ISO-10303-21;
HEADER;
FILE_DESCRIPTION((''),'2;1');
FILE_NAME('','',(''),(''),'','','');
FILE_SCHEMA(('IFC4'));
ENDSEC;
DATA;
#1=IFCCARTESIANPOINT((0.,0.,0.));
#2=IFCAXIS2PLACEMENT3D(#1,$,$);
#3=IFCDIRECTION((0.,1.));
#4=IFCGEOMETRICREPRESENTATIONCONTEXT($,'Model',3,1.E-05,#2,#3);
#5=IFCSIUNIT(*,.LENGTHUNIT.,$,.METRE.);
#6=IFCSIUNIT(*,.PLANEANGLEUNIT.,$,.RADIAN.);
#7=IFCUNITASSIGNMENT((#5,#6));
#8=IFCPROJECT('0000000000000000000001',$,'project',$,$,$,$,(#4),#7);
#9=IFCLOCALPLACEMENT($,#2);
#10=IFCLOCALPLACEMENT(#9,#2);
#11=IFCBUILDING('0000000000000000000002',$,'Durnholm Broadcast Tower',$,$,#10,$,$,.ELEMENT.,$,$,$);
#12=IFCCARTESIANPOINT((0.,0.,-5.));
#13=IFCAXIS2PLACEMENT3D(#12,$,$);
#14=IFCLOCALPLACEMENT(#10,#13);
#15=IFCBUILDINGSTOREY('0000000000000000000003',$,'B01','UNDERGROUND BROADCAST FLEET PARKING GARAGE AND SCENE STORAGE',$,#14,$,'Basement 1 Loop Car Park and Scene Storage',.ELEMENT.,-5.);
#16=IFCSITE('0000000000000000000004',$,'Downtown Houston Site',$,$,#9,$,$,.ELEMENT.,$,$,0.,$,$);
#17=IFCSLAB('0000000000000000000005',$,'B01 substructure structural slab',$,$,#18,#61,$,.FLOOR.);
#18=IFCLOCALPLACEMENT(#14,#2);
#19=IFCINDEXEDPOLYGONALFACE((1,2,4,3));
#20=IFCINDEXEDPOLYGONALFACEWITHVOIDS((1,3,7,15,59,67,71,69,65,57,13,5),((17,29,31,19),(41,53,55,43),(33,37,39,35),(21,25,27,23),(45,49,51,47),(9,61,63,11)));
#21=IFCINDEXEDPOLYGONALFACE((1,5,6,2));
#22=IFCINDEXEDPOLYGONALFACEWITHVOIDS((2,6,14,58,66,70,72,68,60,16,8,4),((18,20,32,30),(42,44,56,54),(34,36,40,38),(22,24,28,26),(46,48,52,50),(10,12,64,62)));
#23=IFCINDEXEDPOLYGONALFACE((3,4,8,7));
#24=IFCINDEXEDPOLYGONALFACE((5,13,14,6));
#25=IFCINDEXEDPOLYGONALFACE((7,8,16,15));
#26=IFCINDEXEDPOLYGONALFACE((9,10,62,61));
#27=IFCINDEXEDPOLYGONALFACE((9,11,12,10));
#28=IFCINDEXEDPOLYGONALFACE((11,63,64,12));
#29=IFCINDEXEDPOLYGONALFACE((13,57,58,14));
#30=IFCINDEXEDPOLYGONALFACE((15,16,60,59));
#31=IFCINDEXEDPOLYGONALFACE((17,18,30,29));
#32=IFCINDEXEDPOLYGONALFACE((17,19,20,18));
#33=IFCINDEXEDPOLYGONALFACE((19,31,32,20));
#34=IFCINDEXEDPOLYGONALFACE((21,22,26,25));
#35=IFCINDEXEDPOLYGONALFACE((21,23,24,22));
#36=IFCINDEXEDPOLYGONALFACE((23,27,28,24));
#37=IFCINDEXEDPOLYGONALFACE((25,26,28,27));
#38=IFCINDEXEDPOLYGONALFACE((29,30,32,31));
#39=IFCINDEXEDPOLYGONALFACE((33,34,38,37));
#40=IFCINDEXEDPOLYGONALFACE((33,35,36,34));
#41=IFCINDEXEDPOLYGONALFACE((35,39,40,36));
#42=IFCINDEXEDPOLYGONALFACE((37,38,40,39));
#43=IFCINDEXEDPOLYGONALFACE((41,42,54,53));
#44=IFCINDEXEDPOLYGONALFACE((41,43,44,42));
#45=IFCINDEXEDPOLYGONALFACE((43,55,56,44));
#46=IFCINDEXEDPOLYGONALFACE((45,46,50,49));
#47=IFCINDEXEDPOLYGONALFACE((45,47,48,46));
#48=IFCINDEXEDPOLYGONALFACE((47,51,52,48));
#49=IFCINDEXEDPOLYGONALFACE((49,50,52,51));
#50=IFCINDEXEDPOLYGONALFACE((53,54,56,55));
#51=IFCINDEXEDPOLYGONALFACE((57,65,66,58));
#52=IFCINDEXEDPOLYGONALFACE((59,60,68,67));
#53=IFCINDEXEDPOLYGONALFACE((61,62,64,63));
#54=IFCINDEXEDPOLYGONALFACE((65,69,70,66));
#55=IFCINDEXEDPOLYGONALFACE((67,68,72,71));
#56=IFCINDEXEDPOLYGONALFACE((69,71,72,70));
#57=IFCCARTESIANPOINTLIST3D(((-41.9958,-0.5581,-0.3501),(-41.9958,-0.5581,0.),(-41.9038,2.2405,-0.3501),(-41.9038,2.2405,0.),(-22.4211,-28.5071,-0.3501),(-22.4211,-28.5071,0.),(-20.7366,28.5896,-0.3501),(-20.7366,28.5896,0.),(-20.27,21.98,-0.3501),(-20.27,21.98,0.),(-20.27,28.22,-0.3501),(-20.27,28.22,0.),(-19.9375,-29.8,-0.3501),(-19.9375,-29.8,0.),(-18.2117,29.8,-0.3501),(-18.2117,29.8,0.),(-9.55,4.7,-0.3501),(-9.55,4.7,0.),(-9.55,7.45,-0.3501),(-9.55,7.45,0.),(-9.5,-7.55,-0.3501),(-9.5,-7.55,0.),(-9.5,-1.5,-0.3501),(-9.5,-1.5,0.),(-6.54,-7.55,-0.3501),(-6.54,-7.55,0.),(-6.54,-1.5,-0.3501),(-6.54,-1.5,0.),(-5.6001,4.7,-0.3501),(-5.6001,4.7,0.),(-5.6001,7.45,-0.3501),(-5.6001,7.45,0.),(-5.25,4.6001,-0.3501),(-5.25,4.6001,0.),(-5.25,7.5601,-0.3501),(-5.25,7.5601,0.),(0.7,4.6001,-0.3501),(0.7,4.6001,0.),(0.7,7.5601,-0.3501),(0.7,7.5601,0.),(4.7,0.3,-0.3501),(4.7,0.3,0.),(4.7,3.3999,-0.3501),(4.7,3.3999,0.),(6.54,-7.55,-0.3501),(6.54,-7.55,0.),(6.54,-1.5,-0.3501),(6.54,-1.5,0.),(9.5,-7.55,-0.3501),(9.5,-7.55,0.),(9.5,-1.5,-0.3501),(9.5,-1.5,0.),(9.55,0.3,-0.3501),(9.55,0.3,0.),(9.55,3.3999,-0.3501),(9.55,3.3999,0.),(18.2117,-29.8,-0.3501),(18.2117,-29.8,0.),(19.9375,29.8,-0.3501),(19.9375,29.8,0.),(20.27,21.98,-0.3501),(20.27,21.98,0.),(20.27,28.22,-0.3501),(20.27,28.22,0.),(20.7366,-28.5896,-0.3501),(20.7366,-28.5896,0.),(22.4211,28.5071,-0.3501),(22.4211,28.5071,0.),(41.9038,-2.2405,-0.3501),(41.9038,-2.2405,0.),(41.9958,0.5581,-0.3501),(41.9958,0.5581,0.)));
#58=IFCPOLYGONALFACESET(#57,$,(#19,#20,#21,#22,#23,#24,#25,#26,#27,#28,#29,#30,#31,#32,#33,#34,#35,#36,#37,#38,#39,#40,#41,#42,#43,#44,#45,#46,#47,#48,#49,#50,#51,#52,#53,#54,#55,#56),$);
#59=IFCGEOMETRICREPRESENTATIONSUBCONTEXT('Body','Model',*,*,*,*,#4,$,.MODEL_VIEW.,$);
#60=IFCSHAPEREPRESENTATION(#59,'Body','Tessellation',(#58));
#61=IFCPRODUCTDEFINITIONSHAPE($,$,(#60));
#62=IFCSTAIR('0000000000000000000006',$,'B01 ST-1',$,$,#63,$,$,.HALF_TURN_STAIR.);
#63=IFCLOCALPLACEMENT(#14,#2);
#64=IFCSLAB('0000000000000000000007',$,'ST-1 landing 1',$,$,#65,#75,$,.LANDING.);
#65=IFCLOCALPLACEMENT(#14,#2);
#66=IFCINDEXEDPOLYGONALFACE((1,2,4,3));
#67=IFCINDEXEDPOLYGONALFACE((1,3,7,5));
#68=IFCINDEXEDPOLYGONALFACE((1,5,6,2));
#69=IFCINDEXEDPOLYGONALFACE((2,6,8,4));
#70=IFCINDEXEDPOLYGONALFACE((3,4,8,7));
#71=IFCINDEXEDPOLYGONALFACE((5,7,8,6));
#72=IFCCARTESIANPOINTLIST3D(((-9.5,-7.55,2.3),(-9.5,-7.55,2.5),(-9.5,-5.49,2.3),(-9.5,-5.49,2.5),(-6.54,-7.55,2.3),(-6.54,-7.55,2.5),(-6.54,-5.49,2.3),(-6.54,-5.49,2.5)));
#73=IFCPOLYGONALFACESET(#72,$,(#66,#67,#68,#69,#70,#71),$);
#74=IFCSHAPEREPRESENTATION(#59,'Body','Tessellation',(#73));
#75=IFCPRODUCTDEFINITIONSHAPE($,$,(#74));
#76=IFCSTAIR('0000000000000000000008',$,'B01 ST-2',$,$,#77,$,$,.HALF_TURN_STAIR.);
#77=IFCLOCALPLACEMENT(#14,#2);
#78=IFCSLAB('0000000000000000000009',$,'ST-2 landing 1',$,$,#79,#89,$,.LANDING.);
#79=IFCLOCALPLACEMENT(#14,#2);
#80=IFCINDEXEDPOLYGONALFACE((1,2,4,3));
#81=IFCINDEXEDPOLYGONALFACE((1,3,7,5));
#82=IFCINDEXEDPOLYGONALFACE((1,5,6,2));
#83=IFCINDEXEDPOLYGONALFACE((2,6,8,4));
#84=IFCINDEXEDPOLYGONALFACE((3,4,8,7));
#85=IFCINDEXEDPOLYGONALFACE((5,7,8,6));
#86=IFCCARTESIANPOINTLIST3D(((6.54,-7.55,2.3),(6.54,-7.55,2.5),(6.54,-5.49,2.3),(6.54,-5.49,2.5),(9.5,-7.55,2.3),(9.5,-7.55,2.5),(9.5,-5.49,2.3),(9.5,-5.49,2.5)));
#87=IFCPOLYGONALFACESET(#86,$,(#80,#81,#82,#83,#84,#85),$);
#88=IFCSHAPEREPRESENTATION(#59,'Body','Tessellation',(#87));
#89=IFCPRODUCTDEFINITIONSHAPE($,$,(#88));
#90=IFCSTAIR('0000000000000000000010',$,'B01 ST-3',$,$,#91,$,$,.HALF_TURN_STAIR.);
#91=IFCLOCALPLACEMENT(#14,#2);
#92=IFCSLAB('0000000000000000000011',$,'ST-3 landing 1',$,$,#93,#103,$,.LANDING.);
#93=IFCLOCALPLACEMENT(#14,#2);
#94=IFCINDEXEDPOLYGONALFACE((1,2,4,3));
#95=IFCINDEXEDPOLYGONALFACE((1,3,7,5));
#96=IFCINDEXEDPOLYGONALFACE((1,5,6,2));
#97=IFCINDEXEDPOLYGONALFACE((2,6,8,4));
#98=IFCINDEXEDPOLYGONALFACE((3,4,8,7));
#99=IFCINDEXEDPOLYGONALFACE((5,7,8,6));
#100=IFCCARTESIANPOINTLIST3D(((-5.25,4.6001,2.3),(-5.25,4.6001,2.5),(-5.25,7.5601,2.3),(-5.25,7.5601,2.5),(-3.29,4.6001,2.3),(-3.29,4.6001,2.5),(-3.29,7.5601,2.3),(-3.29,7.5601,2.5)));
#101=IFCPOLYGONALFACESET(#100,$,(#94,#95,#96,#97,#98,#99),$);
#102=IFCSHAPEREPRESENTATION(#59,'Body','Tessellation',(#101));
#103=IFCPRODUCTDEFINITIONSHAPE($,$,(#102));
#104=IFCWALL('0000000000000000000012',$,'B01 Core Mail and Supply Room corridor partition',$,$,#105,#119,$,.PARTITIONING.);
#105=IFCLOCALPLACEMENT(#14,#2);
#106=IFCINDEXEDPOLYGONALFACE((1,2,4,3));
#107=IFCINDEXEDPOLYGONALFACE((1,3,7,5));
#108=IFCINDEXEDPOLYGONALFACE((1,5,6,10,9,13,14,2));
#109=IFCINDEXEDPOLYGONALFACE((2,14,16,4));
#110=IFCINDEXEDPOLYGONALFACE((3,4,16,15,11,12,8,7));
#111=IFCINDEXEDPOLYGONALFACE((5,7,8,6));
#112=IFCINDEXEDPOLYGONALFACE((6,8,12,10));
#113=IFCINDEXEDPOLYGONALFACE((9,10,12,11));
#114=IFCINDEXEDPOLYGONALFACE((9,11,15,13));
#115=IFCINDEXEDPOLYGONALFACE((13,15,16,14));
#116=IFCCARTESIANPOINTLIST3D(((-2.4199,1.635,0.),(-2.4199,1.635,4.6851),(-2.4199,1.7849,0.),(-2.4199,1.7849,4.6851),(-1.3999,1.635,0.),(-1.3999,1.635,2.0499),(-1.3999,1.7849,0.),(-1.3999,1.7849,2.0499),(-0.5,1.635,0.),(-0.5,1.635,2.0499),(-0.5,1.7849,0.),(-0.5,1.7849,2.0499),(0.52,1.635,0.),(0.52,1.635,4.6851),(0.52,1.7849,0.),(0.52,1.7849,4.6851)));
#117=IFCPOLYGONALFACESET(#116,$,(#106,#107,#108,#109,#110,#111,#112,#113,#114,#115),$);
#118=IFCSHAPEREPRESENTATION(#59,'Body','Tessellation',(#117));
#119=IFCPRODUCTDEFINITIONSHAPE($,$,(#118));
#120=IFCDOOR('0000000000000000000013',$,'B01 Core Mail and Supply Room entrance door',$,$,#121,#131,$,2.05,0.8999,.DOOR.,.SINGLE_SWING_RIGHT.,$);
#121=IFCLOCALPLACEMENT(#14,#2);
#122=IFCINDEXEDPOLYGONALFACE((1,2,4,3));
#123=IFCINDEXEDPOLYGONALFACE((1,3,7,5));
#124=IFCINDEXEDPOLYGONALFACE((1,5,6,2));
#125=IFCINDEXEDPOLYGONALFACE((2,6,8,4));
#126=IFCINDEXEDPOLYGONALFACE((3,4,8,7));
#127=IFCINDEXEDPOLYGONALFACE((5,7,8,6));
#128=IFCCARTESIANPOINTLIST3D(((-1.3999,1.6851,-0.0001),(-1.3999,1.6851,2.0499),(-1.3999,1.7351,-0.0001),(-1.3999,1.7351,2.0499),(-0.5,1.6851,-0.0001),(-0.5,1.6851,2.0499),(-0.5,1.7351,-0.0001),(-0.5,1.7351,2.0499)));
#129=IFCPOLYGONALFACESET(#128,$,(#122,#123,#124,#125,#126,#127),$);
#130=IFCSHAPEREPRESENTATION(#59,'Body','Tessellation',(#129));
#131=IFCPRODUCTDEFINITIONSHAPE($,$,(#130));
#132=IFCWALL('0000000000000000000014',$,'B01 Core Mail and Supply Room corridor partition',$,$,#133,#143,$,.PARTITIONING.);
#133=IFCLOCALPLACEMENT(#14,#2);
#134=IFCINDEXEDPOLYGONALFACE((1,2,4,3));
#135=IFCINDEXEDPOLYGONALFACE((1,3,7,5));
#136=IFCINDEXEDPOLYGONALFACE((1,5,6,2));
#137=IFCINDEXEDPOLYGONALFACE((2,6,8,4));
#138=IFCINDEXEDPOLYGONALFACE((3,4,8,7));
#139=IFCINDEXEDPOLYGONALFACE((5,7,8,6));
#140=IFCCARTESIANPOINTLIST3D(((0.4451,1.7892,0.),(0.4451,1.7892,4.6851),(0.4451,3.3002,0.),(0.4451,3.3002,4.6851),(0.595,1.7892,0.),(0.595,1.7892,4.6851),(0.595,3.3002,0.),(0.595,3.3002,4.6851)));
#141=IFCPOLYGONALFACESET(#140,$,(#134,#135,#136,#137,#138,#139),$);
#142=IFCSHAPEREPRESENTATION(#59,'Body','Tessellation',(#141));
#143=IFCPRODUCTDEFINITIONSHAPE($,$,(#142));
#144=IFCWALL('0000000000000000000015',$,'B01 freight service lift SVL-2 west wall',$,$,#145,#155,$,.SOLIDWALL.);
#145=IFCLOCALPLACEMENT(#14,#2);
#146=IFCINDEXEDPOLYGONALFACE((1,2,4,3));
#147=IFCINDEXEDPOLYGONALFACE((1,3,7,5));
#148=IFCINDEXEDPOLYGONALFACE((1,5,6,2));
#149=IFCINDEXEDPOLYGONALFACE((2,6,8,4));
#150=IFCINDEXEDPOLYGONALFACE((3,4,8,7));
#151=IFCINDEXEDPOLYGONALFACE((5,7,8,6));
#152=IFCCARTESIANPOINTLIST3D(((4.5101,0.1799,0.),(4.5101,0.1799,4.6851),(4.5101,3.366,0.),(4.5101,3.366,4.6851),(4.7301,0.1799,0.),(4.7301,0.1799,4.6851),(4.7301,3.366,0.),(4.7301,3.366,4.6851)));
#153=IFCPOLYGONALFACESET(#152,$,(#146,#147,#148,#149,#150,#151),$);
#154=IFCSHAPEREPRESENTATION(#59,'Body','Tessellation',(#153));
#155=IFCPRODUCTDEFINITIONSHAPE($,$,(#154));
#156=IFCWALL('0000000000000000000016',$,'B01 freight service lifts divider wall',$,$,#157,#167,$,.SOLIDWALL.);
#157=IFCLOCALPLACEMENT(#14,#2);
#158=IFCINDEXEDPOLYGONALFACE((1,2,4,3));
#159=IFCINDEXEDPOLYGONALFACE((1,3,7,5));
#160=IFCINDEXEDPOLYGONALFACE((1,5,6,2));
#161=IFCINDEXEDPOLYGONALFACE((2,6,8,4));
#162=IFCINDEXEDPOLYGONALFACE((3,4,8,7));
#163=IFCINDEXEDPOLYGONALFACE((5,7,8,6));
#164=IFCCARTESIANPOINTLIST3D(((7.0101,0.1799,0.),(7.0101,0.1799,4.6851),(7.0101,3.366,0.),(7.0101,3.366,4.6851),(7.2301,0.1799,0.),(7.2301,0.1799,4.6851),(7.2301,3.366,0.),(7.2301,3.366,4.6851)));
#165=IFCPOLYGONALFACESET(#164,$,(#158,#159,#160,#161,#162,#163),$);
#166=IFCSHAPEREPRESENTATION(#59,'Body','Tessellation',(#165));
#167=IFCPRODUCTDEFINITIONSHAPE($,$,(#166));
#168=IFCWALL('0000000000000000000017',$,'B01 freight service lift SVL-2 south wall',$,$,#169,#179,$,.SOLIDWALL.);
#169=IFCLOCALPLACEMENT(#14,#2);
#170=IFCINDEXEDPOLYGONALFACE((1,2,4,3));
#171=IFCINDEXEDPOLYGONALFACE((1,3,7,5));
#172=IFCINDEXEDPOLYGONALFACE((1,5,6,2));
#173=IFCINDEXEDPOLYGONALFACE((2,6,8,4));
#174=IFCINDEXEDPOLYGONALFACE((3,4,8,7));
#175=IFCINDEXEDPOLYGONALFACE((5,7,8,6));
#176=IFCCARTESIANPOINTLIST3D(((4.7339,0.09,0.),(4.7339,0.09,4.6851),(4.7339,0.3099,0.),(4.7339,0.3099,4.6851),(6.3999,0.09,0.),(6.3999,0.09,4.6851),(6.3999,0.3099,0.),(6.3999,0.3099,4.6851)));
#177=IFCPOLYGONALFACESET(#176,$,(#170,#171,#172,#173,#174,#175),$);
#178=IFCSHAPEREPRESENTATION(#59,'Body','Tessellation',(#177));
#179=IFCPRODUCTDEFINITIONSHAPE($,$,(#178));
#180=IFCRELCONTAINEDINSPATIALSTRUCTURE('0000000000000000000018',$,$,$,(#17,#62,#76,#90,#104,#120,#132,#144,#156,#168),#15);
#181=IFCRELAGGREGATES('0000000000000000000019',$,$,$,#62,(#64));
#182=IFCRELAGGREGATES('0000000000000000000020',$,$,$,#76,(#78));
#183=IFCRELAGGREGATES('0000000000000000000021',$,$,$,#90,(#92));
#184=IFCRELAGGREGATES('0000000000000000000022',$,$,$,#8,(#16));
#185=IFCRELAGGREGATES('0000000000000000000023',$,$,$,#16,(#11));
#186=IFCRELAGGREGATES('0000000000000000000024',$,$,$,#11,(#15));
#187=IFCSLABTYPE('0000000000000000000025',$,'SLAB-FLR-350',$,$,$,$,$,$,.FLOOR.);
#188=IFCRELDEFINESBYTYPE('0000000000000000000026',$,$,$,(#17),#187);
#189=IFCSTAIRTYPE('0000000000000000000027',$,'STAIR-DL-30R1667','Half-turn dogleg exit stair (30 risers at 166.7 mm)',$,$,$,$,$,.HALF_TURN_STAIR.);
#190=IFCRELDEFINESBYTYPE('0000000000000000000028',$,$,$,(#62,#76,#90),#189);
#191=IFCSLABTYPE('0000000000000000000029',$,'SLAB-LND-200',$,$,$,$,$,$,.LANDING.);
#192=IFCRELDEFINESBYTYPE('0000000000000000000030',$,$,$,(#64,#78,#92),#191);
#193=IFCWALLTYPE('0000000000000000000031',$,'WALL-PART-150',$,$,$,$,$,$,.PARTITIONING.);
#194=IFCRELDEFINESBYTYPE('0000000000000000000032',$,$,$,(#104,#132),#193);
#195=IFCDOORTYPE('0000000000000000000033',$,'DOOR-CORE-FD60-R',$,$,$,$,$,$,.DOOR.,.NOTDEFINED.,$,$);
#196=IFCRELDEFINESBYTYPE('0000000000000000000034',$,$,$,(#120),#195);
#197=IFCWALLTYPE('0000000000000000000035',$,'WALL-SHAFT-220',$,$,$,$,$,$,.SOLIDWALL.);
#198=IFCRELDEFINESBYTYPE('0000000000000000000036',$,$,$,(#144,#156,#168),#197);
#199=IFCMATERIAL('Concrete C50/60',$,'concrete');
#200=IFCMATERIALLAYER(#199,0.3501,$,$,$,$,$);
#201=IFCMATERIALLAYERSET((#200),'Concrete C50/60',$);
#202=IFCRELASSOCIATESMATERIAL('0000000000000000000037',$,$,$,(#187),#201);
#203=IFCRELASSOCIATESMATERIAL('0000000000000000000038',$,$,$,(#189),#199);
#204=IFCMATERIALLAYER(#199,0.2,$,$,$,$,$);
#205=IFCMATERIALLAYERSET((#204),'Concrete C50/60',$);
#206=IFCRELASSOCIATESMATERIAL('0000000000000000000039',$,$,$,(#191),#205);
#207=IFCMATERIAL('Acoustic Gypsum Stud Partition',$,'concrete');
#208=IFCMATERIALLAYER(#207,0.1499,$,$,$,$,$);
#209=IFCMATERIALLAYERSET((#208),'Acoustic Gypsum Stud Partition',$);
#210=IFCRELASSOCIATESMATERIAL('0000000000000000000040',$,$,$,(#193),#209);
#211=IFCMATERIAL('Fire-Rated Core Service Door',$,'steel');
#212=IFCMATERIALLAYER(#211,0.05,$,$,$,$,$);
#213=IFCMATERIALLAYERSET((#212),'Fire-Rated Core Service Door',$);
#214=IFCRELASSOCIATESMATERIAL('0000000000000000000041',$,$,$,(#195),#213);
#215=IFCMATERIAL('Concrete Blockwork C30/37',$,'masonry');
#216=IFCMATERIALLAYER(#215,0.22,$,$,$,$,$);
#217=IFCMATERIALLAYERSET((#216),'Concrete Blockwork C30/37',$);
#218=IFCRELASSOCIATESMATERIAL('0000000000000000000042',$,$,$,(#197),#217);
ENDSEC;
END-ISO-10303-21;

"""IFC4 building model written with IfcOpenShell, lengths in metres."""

from ifc_helpers import new_model, si_unit, direction, frame, frame_2d, origin, place, context, subcontext, project, spatial, polyline, rectangle, outline, extrude, source, transform, mapped, material, layer, layer_set, type_object, type_shapes, element, fill, aggregate, save


model = new_model("IFC4")

# Units and contexts
model_context = context("Model", 3, precision=1e-05, world=origin(), true_north=direction((0.0, 1.0)))
body_context = subcontext(model_context, "Body", "Model", "MODEL_VIEW")
ifc_project = project(units=[si_unit("LENGTHUNIT", "METRE"), si_unit("PLANEANGLEUNIT", "RADIAN")], contexts=[model_context])

# Site, building, storey
site_placement = place(None, origin())
site = spatial("IfcSite", under=ifc_project, at=site_placement, Name="Downtown Houston Site", CompositionType="ELEMENT", RefElevation=0.0)
building_placement = place(site_placement, origin())
building = spatial("IfcBuilding", under=site, at=building_placement, Name="Durnholm Broadcast Tower", CompositionType="ELEMENT")
storey_placement = place(building_placement, frame((0.0, 0.0, -5.0)))
storey = spatial("IfcBuildingStorey", under=building, at=storey_placement, Name="B01", Description="UNDERGROUND BROADCAST FLEET PARKING GARAGE AND SCENE STORAGE", LongName="Basement 1 Loop Car Park and Scene Storage", CompositionType="ELEMENT", Elevation=-5.0)

# Slab
ifc_material_1 = material(Name="Concrete C50/60", Category="concrete")
ifc_layer_1 = layer(ifc_material_1, 0.3501)
ifc_layer_set_1 = layer_set([ifc_layer_1], Name="Concrete C50/60")
slab_type_1 = type_object("IfcSlabType", Name="SLAB-FLR-350", PredefinedType="FLOOR", material=ifc_layer_set_1)
slab_1_placement = place(storey_placement, frame((0.0, 0.0, -0.3501)))
element("IfcSlab", 1, at=slab_1_placement, inside=storey, type_object=slab_type_1, Name="B01 substructure structural slab", PredefinedType="FLOOR", context=body_context, shape_type="SweptSolid", body=[
    extrude(outline(polyline([(-22.4211, -28.5071), (-19.9375, -29.8), (18.2117, -29.8), (20.7366, -28.5896), (41.9038, -2.2405), (41.9958, 0.5581), (22.4211, 28.5071), (19.9375, 29.8), (-18.2117, 29.8), (-20.7366, 28.5896), (-41.9038, 2.2405), (-41.9958, -0.5581), (-22.4211, -28.5071)]), holes=[polyline([(-6.54, -1.5), (-9.5, -1.5), (-9.5, -7.55), (-6.54, -7.55), (-6.54, -1.5)]), polyline([(9.5, -7.55), (9.5, -1.5), (6.54, -1.5), (6.54, -7.55), (9.5, -7.55)]), polyline([(9.55, 3.3999), (4.7, 3.3999), (4.7, 0.3), (9.55, 0.3), (9.55, 3.3999)]), polyline([(-9.55, 7.45), (-9.55, 4.7), (-5.6001, 4.7), (-5.6001, 7.45), (-9.55, 7.45)]), polyline([(-5.25, 4.6001), (0.7, 4.6001), (0.7, 7.5601), (-5.25, 7.5601), (-5.25, 4.6001)]), polyline([(20.27, 28.22), (-20.27, 28.22), (-20.27, 21.98), (20.27, 21.98), (20.27, 28.22)])]), origin(), (0.0, 0.0, 1.0), 0.3501),
])

# Stairs, slabs
stair_type = type_object("IfcStairType", Name="STAIR-DL-30R1667", Description="Half-turn dogleg exit stair (30 risers at 166.7 mm)", PredefinedType="HALF_TURN_STAIR", material=ifc_material_1)
stair_1_placement = place(storey_placement, origin())
stair_1 = element("IfcStair", 2, at=stair_1_placement, inside=storey, type_object=stair_type, Name="B01 ST-1", PredefinedType="HALF_TURN_STAIR")
ifc_layer_2 = layer(ifc_material_1, 0.2)
ifc_layer_set_2 = layer_set([ifc_layer_2], Name="Concrete C50/60")
slab_type_2 = type_object("IfcSlabType", Name="SLAB-LND-200", PredefinedType="LANDING", material=ifc_layer_set_2)
slab_2_placement = place(storey_placement, frame((0.0, 0.0, 2.3)))
slab_2 = element("IfcSlab", 3, at=slab_2_placement, type_object=slab_type_2, Name="ST-1 landing 1", PredefinedType="LANDING", context=body_context, shape_type="SweptSolid", body=[
    extrude(outline(polyline([(-9.5, -5.49), (-9.5, -7.55), (-6.54, -7.55), (-6.54, -5.49), (-9.5, -5.49)])), origin(), (0.0, 0.0, 1.0), 0.2),
])
aggregate(stair_1, [slab_2])
stair_2_placement = place(storey_placement, origin())
stair_2 = element("IfcStair", 4, at=stair_2_placement, inside=storey, type_object=stair_type, Name="B01 ST-2", PredefinedType="HALF_TURN_STAIR")
slab_3_placement = place(storey_placement, frame((0.0, 0.0, 2.3)))
slab_3 = element("IfcSlab", 5, at=slab_3_placement, type_object=slab_type_2, Name="ST-2 landing 1", PredefinedType="LANDING", context=body_context, shape_type="SweptSolid", body=[
    extrude(outline(polyline([(6.54, -5.49), (6.54, -7.55), (9.5, -7.55), (9.5, -5.49), (6.54, -5.49)])), origin(), (0.0, 0.0, 1.0), 0.2),
])
aggregate(stair_2, [slab_3])
stair_3_placement = place(storey_placement, origin())
stair_3 = element("IfcStair", 6, at=stair_3_placement, inside=storey, type_object=stair_type, Name="B01 ST-3", PredefinedType="HALF_TURN_STAIR")
slab_4_placement = place(storey_placement, frame((0.0, 0.0, 2.3)))
slab_4 = element("IfcSlab", 7, at=slab_4_placement, type_object=slab_type_2, Name="ST-3 landing 1", PredefinedType="LANDING", context=body_context, shape_type="SweptSolid", body=[
    extrude(outline(polyline([(-3.29, 7.5601), (-5.25, 7.5601), (-5.25, 4.6001), (-3.29, 4.6001), (-3.29, 7.5601)])), origin(), (0.0, 0.0, 1.0), 0.2),
])

# Wall, opening, door
ifc_material_2 = material(Name="Acoustic Gypsum Stud Partition", Category="concrete")
ifc_layer_3 = layer(ifc_material_2, 0.1499)
ifc_layer_set_3 = layer_set([ifc_layer_3], Name="Acoustic Gypsum Stud Partition")
wall_type_1 = type_object("IfcWallType", Name="WALL-PART-150", PredefinedType="PARTITIONING", material=ifc_layer_set_3)
wall_1_placement = place(storey_placement, frame((0.52, 1.71, 0.0), z_axis=(0.0, 0.0, 1.0), x_axis=(-1.0, 0.0, 0.0)))
wall_1 = element("IfcWall", 8, at=wall_1_placement, inside=storey, type_object=wall_type_1, Name="B01 Core Mail and Supply Room corridor partition", PredefinedType="PARTITIONING", context=body_context, shape_type="SweptSolid", body=[
    extrude(rectangle(XDim=2.9399, YDim=0.1499, at=frame_2d((1.47, 0.0))), origin(), (0.0, 0.0, 1.0), 4.6851),
])
opening_1_placement = place(wall_1_placement, frame((1.02, 0.0, 0.0)))
opening_1 = element("IfcOpeningElement", 9, at=opening_1_placement, cuts=wall_1, PredefinedType="OPENING", context=body_context, shape_type="SweptSolid", body=[
    extrude(rectangle(XDim=0.8999, YDim=2.05, at=frame_2d((0.45, 1.0249))), frame((0.0, 0.085, 0.0), z_axis=(0.0, -1.0, 0.0), x_axis=(1.0, 0.0, 0.0)), (0.0, 0.0, 1.0), 0.1699),
])
ifc_material_3 = material(Name="Fire-Rated Core Service Door", Category="steel")
ifc_layer_4 = layer(ifc_material_3, 0.05)
ifc_layer_set_4 = layer_set([ifc_layer_4], Name="Fire-Rated Core Service Door")
door_type_1 = type_object("IfcDoorType", Name="DOOR-CORE-FD60-R", OperationType="NOTDEFINED", PredefinedType="DOOR", material=ifc_layer_set_4)
shared_shape_1 = source(origin(), body_context, "Body", "SweptSolid", [
    extrude(rectangle(XDim=0.8999, YDim=2.05, at=frame_2d((0.45, 1.0249))), frame((0.0, 0.0249, 0.0), z_axis=(0.0, -1.0, 0.0), x_axis=(1.0, 0.0, 0.0)), (0.0, 0.0, 1.0), 0.05),
])
type_shapes(door_type_1, [shared_shape_1])
door_1_placement = place(opening_1_placement, origin())
door_1 = element("IfcDoor", 10, at=door_1_placement, inside=storey, type_object=door_type_1, Name="B01 Core Mail and Supply Room entrance door", OperationType="SINGLE_SWING_RIGHT", OverallHeight=2.05, OverallWidth=0.8999, PredefinedType="DOOR", context=body_context, shape_type="MappedRepresentation", body=[
    mapped(shared_shape_1, transform((0.0, 0.0, 0.0), x_axis=(1.0, 0.0, 0.0), y_axis=(0.0, 1.0, 0.0), z_axis=(0.0, 0.0, 1.0), scale=1.0)),
])
fill(opening_1, door_1)

# Wall
wall_2_placement = place(storey_placement, frame((0.52, 3.3, 0.0), z_axis=(0.0, 0.0, 1.0), x_axis=(0.0, -1.0, 0.0)))
element("IfcWall", 11, at=wall_2_placement, inside=storey, type_object=wall_type_1, Name="B01 Core Mail and Supply Room corridor partition", PredefinedType="PARTITIONING", context=body_context, shape_type="SweptSolid", body=[
    extrude(rectangle(XDim=1.511, YDim=0.1499, at=frame_2d((0.7554, 0.0))), origin(), (0.0, 0.0, 1.0), 4.6851),
])

# Shared definitions
ifc_material_4 = material(Name="Concrete Blockwork C30/37", Category="masonry")
ifc_layer_5 = layer(ifc_material_4, 0.22)
ifc_layer_set_5 = layer_set([ifc_layer_5], Name="Concrete Blockwork C30/37")
wall_type_2 = type_object("IfcWallType", Name="WALL-SHAFT-220", PredefinedType="SOLIDWALL", material=ifc_layer_set_5)

# Walls
for number, where, z_axis, x_axis, name in (
    (12, (4.6201, 0.1799, 0.0), (0.0, 0.0, 1.0), (0.0, 1.0, 0.0), "B01 freight service lift SVL-2 west wall"),
    (13, (7.1201, 0.1799, 0.0), (0.0, 0.0, 1.0), (0.0, 1.0, 0.0), "B01 freight service lifts divider wall"),
):
    element("IfcWall", number, at=place(storey_placement, frame(where, z_axis=z_axis, x_axis=x_axis)), inside=storey, type_object=wall_type_2, Name=name, PredefinedType="SOLIDWALL", context=body_context, shape_type="SweptSolid", body=[
        extrude(rectangle(XDim=3.186, YDim=0.22, at=frame_2d((1.593, 0.0))), origin(), (0.0, 0.0, 1.0), 4.6851),
    ])
wall_3_placement = place(storey_placement, frame((4.7339, 0.2, 0.0), z_axis=(0.0, 0.0, 1.0), x_axis=(1.0, 0.0, 0.0)))
element("IfcWall", 14, at=wall_3_placement, inside=storey, type_object=wall_type_2, Name="B01 freight service lift SVL-2 south wall", PredefinedType="SOLIDWALL", context=body_context, shape_type="SweptSolid", body=[
    extrude(rectangle(XDim=1.666, YDim=0.22, at=frame_2d((0.833, 0.0))), origin(), (0.0, 0.0, 1.0), 4.6851),
])

aggregate(stair_3, [slab_4])

save(model, "model.ifc")
